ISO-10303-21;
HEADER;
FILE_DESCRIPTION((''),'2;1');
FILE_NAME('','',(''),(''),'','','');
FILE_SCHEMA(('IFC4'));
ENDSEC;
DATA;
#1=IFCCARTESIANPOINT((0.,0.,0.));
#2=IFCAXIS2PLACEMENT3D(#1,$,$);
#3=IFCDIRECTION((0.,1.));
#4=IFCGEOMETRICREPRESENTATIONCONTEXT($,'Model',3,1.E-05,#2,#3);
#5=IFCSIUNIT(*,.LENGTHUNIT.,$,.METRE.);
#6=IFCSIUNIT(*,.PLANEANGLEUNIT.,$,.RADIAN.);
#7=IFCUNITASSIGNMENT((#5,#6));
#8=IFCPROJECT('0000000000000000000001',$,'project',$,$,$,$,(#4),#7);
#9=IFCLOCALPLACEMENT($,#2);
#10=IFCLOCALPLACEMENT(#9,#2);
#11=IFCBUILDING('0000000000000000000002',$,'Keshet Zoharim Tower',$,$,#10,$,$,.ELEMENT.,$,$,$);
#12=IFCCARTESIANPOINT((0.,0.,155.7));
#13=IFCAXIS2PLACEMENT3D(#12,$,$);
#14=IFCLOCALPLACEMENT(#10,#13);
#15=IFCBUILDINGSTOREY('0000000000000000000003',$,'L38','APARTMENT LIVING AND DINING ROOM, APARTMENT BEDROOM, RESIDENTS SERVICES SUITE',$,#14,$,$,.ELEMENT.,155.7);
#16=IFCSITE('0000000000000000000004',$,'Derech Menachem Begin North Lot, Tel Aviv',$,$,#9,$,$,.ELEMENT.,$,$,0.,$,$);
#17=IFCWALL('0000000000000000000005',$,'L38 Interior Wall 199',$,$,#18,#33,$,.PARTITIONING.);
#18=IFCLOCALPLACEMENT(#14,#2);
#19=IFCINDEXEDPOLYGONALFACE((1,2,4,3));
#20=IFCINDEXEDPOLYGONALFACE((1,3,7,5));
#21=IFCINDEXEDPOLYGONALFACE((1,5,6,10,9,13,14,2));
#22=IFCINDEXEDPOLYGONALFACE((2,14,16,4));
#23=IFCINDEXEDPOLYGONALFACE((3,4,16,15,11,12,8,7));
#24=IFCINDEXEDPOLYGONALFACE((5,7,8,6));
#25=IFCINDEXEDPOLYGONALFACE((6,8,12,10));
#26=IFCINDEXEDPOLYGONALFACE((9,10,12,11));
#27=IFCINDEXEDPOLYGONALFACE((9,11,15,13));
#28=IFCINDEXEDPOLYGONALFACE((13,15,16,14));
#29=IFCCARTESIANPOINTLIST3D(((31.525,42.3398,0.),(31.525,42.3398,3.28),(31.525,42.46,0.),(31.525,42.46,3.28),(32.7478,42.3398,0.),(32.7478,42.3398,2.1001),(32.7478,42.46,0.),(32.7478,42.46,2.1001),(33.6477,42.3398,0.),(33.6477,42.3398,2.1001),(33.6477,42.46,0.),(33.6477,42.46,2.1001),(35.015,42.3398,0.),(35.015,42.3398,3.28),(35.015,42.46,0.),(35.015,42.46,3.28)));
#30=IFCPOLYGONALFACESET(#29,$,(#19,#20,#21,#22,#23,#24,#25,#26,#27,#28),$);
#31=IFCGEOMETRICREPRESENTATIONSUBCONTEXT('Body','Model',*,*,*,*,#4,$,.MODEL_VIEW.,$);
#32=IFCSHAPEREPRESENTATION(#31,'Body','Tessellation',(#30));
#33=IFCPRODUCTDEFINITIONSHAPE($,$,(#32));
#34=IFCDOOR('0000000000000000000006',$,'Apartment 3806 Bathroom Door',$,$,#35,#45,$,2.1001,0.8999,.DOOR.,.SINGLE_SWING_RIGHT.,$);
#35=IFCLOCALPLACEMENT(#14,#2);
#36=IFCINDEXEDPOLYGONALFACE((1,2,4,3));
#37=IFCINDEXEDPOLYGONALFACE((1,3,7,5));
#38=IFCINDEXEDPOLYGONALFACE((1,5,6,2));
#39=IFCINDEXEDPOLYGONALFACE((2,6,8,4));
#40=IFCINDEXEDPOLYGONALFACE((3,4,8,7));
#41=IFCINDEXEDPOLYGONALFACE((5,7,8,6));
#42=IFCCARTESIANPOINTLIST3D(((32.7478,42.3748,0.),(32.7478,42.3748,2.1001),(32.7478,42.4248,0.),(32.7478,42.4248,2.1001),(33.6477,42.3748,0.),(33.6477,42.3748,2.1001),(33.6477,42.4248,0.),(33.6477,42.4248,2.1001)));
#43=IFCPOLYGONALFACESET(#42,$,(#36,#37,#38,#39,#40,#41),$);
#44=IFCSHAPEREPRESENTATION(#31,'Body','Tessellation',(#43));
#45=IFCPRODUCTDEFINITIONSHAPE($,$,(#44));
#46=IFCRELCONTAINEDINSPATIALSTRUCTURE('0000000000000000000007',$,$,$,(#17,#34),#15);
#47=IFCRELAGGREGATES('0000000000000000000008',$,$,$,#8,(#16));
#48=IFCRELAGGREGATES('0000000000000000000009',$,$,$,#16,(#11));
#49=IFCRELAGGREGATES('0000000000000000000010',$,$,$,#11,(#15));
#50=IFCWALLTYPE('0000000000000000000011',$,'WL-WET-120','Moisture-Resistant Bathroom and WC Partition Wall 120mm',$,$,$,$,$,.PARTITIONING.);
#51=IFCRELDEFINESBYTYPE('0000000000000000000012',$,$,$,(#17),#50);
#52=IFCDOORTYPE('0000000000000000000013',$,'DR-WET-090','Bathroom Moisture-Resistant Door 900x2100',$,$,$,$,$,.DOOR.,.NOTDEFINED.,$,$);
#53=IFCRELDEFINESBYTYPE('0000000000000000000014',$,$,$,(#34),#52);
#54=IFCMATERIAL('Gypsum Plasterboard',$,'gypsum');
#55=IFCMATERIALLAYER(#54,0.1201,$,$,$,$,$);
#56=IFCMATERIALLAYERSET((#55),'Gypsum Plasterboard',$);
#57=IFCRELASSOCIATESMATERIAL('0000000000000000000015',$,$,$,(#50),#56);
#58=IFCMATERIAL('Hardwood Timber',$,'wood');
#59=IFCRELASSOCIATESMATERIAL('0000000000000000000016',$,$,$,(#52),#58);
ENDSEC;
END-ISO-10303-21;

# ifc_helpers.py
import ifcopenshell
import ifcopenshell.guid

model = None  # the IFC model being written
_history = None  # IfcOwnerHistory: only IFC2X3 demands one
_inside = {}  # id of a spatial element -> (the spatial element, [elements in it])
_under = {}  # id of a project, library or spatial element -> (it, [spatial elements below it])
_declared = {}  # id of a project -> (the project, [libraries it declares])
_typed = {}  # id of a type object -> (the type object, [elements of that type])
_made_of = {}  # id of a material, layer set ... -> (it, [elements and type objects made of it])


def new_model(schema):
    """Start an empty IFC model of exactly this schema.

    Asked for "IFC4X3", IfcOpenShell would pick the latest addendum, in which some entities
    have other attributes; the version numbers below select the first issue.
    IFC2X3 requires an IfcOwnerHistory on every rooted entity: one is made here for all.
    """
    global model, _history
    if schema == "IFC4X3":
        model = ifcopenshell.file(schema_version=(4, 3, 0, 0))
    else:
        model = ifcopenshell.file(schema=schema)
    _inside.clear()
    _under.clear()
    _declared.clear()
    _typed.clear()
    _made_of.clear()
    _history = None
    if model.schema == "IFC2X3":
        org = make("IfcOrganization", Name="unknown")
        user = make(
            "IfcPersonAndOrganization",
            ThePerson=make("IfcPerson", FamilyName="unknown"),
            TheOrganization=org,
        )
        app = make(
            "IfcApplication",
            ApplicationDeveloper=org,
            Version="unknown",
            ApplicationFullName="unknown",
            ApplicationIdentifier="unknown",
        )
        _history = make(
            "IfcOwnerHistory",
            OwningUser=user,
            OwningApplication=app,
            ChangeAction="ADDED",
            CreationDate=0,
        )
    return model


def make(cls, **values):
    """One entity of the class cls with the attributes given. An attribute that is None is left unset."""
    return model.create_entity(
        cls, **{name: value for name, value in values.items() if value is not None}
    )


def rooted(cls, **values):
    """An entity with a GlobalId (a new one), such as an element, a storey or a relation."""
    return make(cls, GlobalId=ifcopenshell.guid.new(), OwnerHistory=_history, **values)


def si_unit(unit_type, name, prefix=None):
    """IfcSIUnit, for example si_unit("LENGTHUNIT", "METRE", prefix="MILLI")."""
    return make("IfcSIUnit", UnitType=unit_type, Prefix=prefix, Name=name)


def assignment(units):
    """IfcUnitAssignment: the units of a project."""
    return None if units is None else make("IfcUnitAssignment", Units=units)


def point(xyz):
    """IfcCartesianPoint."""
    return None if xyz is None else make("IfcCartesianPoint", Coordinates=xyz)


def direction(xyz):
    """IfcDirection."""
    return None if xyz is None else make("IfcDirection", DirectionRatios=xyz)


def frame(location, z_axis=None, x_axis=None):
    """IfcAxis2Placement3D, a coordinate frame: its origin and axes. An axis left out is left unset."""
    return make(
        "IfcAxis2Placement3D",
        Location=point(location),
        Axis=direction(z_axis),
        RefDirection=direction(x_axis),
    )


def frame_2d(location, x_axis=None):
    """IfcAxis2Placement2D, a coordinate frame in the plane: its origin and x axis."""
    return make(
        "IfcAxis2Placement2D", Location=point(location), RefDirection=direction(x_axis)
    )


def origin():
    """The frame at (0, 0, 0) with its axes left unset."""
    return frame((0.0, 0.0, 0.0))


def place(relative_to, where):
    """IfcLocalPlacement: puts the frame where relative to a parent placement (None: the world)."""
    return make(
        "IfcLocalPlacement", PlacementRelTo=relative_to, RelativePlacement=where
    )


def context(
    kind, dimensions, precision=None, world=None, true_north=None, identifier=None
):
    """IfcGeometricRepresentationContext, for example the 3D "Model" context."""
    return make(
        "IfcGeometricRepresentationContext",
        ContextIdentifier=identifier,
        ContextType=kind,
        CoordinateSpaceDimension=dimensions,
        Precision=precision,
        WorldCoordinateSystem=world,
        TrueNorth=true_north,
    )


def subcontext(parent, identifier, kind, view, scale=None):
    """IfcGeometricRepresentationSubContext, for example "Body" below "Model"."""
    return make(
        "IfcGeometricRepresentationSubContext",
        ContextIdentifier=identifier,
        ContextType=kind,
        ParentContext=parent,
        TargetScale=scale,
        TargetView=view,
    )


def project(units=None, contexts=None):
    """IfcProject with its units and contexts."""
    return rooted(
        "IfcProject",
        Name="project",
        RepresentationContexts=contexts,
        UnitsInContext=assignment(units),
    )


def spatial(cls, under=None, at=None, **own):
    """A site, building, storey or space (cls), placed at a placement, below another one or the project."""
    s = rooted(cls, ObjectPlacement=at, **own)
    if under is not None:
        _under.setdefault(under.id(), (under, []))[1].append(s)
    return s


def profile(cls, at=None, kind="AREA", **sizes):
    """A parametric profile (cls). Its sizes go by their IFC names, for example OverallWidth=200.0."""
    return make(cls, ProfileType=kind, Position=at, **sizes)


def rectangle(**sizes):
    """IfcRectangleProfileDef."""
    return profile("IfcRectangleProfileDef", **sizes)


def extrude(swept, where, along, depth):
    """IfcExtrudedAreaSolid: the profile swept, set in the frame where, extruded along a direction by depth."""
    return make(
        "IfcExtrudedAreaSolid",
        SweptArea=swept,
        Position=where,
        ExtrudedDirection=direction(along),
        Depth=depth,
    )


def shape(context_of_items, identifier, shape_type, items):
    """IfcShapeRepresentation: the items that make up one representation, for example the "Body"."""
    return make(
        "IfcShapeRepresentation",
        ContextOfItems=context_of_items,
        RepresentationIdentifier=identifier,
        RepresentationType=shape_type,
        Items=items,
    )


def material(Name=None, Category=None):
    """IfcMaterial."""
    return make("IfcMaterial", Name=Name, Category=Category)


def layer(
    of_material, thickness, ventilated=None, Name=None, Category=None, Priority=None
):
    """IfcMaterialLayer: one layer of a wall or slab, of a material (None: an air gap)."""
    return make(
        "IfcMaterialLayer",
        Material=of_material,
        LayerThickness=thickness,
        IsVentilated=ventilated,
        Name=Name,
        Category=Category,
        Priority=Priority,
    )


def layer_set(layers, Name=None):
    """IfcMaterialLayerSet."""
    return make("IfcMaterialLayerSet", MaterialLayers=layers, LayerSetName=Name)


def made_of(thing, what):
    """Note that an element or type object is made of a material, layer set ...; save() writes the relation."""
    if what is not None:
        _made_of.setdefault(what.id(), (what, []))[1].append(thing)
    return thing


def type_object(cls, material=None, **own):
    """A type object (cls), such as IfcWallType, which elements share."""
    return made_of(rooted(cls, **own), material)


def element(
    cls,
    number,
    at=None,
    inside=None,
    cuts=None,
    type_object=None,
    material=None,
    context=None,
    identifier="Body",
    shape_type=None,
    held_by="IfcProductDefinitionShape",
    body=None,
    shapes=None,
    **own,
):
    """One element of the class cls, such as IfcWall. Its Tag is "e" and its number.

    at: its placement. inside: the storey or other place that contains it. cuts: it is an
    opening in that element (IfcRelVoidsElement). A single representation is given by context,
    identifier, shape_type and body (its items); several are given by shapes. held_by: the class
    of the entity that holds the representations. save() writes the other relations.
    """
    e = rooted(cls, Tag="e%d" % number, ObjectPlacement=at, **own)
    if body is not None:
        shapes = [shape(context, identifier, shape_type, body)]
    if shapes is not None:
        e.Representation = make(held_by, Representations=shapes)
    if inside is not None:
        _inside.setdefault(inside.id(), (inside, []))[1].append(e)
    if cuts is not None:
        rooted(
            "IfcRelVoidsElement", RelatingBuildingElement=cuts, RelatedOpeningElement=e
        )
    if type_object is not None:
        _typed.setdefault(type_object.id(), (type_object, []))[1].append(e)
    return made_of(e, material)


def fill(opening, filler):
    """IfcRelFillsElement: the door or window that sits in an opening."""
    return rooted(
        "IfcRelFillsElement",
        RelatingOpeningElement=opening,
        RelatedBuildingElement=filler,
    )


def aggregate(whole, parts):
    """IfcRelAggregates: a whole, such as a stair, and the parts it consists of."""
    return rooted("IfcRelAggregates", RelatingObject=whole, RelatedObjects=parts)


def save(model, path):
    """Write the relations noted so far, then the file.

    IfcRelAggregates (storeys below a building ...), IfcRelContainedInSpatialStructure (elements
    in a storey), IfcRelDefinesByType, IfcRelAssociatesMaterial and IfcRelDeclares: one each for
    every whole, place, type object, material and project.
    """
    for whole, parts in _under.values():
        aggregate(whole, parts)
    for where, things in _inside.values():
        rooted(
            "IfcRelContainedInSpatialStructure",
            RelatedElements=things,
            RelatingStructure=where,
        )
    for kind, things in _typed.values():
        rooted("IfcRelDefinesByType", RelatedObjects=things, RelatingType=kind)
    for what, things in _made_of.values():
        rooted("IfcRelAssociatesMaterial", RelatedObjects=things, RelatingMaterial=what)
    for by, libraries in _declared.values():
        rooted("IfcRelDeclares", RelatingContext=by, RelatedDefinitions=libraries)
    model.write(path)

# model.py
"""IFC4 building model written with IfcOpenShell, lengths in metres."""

from ifc_helpers import new_model, si_unit, direction, frame, frame_2d, origin, place, context, subcontext, project, spatial, rectangle, extrude, material, layer, layer_set, type_object, element, fill, save


model = new_model("IFC4")

# Units and contexts
model_context = context("Model", 3, precision=1e-05, world=origin(), true_north=direction((0.0, 1.0)))
body_context = subcontext(model_context, "Body", "Model", "MODEL_VIEW")
ifc_project = project(units=[si_unit("LENGTHUNIT", "METRE"), si_unit("PLANEANGLEUNIT", "RADIAN")], contexts=[model_context])

# Site, building, storey
site_placement = place(None, origin())
site = spatial("IfcSite", under=ifc_project, at=site_placement, Name="Derech Menachem Begin North Lot, Tel Aviv", CompositionType="ELEMENT", RefElevation=0.0)
building_placement = place(site_placement, origin())
building = spatial("IfcBuilding", under=site, at=building_placement, Name="Keshet Zoharim Tower", CompositionType="ELEMENT")
storey_placement = place(building_placement, frame((0.0, 0.0, 155.7)))
storey = spatial("IfcBuildingStorey", under=building, at=storey_placement, Name="L38", Description="APARTMENT LIVING AND DINING ROOM, APARTMENT BEDROOM, RESIDENTS SERVICES SUITE", CompositionType="ELEMENT", Elevation=155.7)

# Shared definitions
ifc_material_1 = material(Name="Gypsum Plasterboard", Category="gypsum")

# Shared definitions
ifc_material_2 = material(Name="Hardwood Timber", Category="wood")

# Wall, opening, door
ifc_layer_1 = layer(ifc_material_1, 0.1201)
ifc_layer_set_1 = layer_set([ifc_layer_1], Name="Gypsum Plasterboard")
wall_type_1 = type_object("IfcWallType", Name="WL-WET-120", Description="Moisture-Resistant Bathroom and WC Partition Wall 120mm", PredefinedType="PARTITIONING", material=ifc_layer_set_1)
wall_1_placement = place(storey_placement, frame((31.5249, 42.3999, 0.0), z_axis=(0.0, 0.0, 1.0), x_axis=(1.0, 0.0, 0.0)))
wall_1 = element("IfcWall", 1, at=wall_1_placement, inside=storey, type_object=wall_type_1, Name="L38 Interior Wall 199", PredefinedType="PARTITIONING", context=body_context, shape_type="SweptSolid", body=[
    extrude(rectangle(XDim=3.49, YDim=0.1201, at=frame_2d((1.7451, 0.0))), origin(), (0.0, 0.0, 1.0), 3.28),
])
opening_1_placement = place(wall_1_placement, frame((1.2229, 0.0, 0.0)))
opening_1 = element("IfcOpeningElement", 2, at=opening_1_placement, cuts=wall_1, PredefinedType="OPENING", context=body_context, shape_type="SweptSolid", body=[
    extrude(rectangle(XDim=0.8999, YDim=2.1001, at=frame_2d((0.45, 1.05))), frame((0.0, 0.0701, 0.0), z_axis=(0.0, -1.0, 0.0), x_axis=(1.0, 0.0, 0.0)), (0.0, 0.0, 1.0), 0.1401),
])
door_type_1 = type_object("IfcDoorType", Name="DR-WET-090", Description="Bathroom Moisture-Resistant Door 900x2100", OperationType="NOTDEFINED", PredefinedType="DOOR", material=ifc_material_2)
door_1_placement = place(opening_1_placement, origin())
door_1 = element("IfcDoor", 3, at=door_1_placement, inside=storey, type_object=door_type_1, Name="Apartment 3806 Bathroom Door", OperationType="SINGLE_SWING_RIGHT", OverallHeight=2.1001, OverallWidth=0.8999, PredefinedType="DOOR", context=body_context, shape_type="SweptSolid", body=[
    extrude(rectangle(XDim=0.8999, YDim=2.1001, at=frame_2d((0.45, 1.05))), frame((0.0, 0.0249, 0.0), z_axis=(0.0, -1.0, 0.0), x_axis=(1.0, 0.0, 0.0)), (0.0, 0.0, 1.0), 0.05),
])
fill(opening_1, door_1)

save(model, "model.ifc")
